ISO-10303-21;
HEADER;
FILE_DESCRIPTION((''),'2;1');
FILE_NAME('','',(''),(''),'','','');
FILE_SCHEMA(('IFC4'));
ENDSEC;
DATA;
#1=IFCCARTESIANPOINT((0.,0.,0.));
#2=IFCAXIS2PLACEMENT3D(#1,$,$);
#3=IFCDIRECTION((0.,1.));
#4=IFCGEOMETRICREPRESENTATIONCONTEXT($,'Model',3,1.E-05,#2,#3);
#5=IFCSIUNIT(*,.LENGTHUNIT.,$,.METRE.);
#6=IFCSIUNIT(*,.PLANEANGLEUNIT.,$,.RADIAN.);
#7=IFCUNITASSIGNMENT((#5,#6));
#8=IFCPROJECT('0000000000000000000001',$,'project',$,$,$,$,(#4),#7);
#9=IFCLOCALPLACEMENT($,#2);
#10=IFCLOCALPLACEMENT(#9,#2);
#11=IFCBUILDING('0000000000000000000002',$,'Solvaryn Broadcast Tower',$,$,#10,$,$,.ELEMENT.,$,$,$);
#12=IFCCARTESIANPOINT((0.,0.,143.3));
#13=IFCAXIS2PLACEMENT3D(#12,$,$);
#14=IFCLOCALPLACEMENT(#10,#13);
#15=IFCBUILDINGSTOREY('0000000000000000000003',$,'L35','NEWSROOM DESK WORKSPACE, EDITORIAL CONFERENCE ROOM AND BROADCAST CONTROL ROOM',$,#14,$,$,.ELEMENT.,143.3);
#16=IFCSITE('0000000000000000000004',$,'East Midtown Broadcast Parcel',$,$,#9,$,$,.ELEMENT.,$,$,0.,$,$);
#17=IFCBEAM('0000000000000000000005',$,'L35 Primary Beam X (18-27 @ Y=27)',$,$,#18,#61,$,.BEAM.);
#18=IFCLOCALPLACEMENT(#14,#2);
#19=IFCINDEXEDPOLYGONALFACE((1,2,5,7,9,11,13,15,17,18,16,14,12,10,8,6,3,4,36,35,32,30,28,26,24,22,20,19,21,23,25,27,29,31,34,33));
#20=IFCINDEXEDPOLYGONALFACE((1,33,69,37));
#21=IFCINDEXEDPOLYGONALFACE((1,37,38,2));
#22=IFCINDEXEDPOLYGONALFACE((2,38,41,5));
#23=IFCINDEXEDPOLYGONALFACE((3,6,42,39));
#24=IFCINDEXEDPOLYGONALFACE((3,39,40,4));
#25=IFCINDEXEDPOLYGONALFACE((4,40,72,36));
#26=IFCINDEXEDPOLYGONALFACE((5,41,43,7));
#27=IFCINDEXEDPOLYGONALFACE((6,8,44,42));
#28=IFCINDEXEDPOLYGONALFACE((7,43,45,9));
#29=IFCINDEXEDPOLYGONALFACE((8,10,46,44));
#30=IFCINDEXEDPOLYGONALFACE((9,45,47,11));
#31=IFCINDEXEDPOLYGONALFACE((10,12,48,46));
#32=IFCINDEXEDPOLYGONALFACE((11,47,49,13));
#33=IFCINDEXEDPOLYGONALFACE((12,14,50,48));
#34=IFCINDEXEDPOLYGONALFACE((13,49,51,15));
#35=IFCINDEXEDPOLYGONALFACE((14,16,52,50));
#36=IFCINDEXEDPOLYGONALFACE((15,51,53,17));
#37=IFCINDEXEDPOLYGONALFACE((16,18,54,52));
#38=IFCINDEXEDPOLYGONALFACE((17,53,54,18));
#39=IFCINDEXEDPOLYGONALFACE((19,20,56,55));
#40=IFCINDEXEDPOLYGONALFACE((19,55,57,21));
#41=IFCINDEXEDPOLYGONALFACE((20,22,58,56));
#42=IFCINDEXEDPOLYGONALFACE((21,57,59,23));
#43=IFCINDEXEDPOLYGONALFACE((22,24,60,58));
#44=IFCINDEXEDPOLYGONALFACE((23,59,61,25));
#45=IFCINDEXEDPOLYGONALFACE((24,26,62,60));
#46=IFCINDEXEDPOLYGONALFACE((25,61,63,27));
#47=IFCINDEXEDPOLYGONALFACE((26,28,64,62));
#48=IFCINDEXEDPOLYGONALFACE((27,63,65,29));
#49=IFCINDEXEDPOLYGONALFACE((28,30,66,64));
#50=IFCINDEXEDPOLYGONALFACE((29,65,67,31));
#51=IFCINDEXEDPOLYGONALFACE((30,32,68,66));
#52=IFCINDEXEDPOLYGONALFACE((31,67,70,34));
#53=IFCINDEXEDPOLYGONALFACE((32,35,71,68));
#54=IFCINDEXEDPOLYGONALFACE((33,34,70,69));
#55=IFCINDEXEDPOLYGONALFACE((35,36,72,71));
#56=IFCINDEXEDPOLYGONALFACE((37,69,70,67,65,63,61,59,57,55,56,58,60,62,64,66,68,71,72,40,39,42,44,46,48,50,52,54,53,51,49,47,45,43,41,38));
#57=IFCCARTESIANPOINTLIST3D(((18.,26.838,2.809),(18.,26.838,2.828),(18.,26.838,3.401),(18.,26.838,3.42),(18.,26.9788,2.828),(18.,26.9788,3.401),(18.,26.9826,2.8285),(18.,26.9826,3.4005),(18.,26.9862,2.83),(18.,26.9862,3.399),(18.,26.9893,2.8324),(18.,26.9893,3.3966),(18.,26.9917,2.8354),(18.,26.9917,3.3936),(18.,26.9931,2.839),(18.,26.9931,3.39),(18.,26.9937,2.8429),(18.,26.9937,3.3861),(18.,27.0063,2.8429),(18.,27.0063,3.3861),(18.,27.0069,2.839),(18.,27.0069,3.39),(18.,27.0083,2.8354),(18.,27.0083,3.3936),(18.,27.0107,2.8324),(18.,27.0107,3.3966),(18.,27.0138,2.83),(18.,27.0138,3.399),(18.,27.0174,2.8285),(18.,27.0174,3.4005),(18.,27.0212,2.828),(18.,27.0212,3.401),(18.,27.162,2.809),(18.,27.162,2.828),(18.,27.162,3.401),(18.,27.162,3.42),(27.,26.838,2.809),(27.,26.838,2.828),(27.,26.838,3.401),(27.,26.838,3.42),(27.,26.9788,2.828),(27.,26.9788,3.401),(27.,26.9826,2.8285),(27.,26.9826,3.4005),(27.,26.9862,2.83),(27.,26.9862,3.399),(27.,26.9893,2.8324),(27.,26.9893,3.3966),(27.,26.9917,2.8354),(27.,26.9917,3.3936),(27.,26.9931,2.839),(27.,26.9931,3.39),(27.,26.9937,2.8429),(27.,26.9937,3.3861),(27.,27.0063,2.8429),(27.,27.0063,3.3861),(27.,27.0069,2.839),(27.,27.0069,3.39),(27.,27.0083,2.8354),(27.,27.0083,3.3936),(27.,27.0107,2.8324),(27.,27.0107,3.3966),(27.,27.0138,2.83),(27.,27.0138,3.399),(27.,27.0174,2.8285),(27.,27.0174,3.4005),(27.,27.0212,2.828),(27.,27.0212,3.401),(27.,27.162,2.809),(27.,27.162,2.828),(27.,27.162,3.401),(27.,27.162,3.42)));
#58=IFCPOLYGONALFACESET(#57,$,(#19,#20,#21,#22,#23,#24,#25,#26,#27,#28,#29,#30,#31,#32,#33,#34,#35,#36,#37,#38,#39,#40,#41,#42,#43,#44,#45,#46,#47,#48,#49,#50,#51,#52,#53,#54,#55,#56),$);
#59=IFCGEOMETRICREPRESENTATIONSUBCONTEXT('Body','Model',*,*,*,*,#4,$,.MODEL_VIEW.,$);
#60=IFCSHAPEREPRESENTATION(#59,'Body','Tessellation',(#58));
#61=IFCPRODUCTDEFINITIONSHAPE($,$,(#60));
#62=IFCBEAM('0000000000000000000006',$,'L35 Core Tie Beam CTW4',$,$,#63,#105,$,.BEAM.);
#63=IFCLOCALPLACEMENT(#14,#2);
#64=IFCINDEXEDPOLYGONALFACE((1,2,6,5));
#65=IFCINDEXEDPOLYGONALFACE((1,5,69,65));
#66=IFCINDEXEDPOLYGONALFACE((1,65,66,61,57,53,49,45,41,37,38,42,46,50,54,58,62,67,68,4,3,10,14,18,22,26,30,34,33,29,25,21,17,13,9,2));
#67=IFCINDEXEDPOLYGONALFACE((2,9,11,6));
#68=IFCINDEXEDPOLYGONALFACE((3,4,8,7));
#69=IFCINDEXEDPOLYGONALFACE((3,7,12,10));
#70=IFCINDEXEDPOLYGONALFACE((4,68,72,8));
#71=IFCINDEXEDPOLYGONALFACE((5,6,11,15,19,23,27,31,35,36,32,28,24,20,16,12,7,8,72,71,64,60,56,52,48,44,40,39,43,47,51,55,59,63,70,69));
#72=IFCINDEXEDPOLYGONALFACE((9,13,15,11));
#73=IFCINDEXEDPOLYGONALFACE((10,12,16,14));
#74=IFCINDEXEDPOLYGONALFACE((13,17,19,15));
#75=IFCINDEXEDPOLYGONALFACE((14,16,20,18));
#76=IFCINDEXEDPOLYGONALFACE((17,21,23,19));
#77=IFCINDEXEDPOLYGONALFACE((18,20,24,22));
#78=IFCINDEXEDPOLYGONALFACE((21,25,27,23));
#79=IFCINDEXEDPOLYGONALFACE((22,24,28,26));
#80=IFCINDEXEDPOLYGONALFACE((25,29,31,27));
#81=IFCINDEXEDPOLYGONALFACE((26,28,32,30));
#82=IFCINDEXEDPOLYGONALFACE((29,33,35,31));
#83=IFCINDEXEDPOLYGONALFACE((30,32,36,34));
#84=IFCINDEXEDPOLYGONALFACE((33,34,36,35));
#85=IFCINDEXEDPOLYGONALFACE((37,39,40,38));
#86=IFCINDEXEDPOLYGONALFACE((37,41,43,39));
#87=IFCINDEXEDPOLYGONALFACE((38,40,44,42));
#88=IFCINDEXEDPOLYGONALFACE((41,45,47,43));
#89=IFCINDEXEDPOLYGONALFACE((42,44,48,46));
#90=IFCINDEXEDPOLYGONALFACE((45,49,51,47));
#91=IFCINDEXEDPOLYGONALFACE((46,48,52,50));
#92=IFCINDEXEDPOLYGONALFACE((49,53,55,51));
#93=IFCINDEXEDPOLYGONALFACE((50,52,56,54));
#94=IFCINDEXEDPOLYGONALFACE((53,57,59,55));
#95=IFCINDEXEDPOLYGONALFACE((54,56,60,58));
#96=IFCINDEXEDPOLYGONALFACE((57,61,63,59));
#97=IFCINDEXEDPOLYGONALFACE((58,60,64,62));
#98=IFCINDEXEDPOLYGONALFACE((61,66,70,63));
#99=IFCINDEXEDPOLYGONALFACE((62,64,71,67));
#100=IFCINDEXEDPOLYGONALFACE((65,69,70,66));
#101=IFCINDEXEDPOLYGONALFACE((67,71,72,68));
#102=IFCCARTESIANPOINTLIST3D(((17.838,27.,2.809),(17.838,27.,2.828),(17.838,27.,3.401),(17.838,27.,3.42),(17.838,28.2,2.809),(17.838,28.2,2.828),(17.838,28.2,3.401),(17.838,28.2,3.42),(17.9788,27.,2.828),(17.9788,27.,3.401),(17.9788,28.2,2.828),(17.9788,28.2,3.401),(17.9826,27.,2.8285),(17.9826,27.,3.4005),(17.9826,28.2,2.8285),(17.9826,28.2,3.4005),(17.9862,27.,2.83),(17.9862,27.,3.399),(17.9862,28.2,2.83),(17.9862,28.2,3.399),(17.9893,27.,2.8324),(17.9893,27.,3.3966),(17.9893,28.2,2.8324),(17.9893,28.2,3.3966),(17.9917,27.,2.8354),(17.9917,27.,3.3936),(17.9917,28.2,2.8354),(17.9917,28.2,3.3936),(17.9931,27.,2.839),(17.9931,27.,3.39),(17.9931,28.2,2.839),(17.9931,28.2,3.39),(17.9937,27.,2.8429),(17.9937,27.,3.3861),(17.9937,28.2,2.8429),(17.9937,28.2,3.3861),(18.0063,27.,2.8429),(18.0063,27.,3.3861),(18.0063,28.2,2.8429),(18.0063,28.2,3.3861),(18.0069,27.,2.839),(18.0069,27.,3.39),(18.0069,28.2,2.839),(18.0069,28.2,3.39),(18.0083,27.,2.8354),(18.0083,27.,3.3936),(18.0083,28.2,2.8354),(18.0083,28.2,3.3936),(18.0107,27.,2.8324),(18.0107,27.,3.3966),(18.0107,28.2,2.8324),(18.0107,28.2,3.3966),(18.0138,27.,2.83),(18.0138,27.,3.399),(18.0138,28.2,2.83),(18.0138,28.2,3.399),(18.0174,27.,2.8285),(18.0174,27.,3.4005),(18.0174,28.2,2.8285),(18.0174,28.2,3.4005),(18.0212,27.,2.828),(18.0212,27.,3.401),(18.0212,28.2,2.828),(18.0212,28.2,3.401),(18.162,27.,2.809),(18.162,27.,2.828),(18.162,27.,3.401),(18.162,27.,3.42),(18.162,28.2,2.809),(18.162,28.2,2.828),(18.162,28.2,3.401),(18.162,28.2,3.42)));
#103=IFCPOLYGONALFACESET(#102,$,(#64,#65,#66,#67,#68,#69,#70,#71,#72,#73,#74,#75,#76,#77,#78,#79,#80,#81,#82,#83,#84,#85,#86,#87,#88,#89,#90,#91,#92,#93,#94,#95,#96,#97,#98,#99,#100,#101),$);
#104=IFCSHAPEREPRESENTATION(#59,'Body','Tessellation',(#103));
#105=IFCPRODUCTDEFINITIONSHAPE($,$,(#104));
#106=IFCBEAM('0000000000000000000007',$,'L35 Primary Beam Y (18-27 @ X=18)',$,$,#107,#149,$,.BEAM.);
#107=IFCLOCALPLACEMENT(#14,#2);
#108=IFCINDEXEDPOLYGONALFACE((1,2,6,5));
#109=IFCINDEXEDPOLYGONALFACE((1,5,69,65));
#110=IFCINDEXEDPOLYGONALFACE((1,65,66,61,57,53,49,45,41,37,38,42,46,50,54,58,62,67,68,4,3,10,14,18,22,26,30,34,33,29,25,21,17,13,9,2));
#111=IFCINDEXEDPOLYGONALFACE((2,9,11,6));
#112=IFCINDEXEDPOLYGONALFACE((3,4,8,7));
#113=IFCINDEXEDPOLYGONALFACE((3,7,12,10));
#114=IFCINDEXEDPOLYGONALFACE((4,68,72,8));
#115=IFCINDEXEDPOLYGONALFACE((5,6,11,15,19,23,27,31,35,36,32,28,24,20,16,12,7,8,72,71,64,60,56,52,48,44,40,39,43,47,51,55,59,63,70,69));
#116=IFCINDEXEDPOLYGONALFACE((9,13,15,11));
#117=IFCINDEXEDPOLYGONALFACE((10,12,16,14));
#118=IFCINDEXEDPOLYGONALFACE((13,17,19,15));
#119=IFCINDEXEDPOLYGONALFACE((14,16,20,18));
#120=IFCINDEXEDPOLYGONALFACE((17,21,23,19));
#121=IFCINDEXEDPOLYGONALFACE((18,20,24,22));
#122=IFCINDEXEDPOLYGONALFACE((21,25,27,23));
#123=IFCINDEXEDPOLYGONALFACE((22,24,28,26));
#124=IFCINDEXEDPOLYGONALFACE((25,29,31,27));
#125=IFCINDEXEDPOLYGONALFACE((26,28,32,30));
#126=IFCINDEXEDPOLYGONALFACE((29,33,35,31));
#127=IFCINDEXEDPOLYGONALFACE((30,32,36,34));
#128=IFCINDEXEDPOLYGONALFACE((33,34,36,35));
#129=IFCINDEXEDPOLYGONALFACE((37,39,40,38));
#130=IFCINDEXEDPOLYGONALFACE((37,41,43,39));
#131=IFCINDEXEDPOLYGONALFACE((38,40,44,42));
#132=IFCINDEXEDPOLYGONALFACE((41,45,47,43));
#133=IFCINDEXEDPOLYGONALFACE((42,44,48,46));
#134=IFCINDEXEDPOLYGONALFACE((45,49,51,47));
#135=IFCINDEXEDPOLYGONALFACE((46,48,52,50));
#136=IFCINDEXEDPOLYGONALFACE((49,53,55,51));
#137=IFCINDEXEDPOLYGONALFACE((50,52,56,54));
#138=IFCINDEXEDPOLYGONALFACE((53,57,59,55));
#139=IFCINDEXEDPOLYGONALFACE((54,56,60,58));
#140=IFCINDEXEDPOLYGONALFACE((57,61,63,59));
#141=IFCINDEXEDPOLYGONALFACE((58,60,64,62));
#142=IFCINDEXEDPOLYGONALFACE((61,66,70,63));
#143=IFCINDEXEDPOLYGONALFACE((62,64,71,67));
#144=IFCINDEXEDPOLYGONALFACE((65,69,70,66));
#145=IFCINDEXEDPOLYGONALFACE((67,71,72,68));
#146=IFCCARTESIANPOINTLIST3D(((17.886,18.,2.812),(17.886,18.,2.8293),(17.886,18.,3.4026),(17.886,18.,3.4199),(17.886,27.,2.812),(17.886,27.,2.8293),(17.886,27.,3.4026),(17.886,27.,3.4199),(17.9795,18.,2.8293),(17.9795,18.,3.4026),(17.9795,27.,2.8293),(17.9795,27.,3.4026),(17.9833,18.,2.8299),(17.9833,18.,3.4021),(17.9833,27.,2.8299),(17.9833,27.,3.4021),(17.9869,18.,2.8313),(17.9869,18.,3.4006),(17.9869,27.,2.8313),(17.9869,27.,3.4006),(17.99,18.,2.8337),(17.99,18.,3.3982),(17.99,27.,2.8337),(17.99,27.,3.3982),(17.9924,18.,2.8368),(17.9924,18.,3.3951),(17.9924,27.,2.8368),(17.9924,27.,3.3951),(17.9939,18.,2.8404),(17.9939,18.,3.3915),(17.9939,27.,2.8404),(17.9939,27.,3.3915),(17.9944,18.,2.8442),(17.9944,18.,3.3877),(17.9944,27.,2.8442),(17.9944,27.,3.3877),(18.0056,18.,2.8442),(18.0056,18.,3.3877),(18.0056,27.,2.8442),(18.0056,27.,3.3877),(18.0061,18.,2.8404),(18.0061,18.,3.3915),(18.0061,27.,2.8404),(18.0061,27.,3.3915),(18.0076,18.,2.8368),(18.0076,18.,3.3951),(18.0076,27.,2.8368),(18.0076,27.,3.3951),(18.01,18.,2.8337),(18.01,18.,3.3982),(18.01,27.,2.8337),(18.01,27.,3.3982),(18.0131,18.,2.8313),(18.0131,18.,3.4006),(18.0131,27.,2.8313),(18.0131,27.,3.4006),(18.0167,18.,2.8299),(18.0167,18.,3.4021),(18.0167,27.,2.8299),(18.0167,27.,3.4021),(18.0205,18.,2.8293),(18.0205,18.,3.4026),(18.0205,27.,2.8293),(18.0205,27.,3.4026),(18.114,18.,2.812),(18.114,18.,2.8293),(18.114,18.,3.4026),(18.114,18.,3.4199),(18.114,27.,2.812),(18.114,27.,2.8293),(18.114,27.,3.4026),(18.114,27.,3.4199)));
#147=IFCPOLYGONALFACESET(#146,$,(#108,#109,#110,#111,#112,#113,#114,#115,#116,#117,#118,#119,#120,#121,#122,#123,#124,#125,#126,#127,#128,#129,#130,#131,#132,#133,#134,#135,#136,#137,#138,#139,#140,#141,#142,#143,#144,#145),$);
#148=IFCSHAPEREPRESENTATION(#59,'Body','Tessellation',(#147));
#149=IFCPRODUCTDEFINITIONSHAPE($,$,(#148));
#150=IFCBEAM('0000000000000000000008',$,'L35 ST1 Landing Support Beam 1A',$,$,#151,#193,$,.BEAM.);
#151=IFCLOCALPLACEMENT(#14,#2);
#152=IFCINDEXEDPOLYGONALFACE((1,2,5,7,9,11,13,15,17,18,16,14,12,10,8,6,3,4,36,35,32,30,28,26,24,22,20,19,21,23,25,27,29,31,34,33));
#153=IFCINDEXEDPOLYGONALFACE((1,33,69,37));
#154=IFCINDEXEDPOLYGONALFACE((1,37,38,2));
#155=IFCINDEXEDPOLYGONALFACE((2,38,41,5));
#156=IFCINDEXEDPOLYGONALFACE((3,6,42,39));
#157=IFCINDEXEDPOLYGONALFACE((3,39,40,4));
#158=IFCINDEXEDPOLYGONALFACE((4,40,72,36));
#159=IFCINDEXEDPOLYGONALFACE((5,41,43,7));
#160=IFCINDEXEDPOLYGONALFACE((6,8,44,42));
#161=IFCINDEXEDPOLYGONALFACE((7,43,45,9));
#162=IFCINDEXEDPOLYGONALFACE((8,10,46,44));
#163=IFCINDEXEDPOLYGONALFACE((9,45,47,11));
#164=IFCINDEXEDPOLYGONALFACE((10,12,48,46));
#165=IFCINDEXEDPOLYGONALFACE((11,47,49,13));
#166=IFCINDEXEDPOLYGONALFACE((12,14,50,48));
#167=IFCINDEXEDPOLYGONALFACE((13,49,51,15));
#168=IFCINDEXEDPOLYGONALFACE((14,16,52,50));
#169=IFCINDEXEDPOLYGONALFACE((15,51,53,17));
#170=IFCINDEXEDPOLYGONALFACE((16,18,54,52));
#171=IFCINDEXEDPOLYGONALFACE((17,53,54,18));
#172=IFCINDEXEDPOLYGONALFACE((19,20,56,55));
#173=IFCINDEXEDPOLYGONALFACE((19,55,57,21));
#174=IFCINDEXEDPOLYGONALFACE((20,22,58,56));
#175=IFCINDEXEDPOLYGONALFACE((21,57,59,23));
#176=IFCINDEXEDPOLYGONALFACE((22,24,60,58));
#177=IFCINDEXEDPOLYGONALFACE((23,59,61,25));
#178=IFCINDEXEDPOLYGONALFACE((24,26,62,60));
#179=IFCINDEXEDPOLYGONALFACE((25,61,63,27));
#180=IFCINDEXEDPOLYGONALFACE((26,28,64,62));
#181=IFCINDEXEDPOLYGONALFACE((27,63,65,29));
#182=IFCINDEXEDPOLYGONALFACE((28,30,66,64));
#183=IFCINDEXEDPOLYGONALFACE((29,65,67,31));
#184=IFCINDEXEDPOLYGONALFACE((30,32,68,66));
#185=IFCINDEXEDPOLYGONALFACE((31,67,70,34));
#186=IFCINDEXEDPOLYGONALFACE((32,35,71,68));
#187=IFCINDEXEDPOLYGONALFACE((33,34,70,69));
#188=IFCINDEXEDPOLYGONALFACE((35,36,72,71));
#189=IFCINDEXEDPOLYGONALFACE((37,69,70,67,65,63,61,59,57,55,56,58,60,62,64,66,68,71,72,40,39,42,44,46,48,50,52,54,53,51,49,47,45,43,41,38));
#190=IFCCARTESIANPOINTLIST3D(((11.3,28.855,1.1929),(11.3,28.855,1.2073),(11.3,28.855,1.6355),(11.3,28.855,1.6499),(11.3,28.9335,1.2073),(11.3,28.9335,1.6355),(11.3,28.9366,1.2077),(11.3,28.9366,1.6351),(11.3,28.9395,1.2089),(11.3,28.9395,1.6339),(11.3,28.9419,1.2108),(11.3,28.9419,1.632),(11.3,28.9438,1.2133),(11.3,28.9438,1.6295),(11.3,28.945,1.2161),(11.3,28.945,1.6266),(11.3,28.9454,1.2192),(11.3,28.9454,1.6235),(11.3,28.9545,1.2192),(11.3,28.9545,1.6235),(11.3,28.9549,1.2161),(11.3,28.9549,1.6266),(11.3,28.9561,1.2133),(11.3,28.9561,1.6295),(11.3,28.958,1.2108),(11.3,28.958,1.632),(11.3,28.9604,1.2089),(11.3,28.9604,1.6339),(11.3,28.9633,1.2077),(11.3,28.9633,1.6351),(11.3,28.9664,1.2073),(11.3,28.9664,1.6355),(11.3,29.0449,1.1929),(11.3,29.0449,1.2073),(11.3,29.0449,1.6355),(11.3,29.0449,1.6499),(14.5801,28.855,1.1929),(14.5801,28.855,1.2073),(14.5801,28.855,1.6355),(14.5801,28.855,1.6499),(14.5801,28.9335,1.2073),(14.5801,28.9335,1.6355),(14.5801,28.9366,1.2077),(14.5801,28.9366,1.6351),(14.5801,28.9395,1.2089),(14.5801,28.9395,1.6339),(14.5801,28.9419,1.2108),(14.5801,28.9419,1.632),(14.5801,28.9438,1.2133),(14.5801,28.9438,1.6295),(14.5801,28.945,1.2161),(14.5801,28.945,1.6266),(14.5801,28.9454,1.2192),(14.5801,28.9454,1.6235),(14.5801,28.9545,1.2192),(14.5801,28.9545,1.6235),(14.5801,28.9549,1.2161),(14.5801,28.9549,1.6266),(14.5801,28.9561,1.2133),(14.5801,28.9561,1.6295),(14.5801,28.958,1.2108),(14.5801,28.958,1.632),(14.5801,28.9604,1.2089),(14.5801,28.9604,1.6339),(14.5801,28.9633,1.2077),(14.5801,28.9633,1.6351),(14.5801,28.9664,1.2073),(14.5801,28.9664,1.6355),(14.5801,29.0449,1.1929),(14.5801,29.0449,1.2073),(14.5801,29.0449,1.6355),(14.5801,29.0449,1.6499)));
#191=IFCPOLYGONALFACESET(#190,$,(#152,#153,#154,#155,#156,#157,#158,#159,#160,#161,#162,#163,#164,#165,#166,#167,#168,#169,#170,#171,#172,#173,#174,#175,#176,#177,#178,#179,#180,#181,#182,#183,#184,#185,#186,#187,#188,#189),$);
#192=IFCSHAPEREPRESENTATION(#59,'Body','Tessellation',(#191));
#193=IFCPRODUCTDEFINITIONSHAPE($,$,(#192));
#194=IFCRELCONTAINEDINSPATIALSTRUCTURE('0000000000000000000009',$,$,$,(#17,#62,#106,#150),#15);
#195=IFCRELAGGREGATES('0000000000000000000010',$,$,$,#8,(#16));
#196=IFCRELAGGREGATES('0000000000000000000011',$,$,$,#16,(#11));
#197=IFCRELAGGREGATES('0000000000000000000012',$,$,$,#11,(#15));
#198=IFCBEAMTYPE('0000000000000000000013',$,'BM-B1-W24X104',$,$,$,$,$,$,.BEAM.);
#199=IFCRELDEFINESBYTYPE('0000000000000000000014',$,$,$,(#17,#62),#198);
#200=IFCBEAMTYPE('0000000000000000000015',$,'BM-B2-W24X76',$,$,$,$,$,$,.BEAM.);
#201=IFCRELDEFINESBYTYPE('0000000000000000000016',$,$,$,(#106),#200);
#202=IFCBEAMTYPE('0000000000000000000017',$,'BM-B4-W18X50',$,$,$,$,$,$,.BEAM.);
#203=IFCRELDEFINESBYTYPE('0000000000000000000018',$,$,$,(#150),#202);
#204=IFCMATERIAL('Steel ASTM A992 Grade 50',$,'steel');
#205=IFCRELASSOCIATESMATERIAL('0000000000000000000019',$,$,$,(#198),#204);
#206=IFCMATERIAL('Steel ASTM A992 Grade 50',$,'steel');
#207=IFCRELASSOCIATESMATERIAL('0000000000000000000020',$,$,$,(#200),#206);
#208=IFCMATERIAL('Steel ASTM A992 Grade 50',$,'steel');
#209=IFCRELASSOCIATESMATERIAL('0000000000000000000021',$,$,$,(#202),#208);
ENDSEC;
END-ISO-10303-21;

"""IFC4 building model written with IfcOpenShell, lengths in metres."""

from ifc_helpers import new_model, si_unit, direction, frame, origin, origin_2d, place, context, subcontext, project, spatial, i_section, extrude, material, material_profile, profile_set, type_object, element, save


model = new_model("IFC4")

# Units and contexts
model_context = context("Model", 3, precision=1e-05, world=origin(), true_north=direction((0.0, 1.0)))
body_context = subcontext(model_context, "Body", "Model", "MODEL_VIEW")
ifc_project = project(units=[si_unit("LENGTHUNIT", "METRE"), si_unit("PLANEANGLEUNIT", "RADIAN")], contexts=[model_context])

# Site, building, storey
site_placement = place(None, origin())
site = spatial("IfcSite", under=ifc_project, at=site_placement, Name="East Midtown Broadcast Parcel", CompositionType="ELEMENT", RefElevation=0.0)
building_placement = place(site_placement, origin())
building = spatial("IfcBuilding", under=site, at=building_placement, Name="Solvaryn Broadcast Tower", CompositionType="ELEMENT")
storey_placement = place(building_placement, frame((0.0, 0.0, 143.3)))
storey = spatial("IfcBuildingStorey", under=building, at=storey_placement, Name="L35", Description="NEWSROOM DESK WORKSPACE, EDITORIAL CONFERENCE ROOM AND BROADCAST CONTROL ROOM", CompositionType="ELEMENT", Elevation=143.3)

# Beams
ifc_material_1 = material(Name="Steel ASTM A992 Grade 50", Category="steel")
ifc_material_profile_1 = material_profile(ifc_material_1, i_section(OverallWidth=0.324, OverallDepth=0.6111, WebThickness=0.0127, FlangeThickness=0.019, FilletRadius=0.0149, at=origin_2d()))
ifc_profile_set_1 = profile_set([ifc_material_profile_1], Name="Steel ASTM A992 Grade 50")
beam_type_1 = type_object("IfcBeamType", Name="BM-B1-W24X104", PredefinedType="BEAM", material=ifc_profile_set_1)
for number, where, z_axis, x_axis, name in (
    (1, (18.0, 27.0, 3.1145), (1.0, 0.0, 0.0), (0.0, 1.0, 0.0), "L35 Primary Beam X (18-27 @ Y=27)"),
):
    element("IfcBeam", number, at=place(storey_placement, frame(where, z_axis=z_axis, x_axis=x_axis)), inside=storey, type_object=beam_type_1, Name=name, PredefinedType="BEAM", context=body_context, shape_type="SweptSolid", body=[
        extrude(i_section(OverallWidth=0.324, OverallDepth=0.6111, WebThickness=0.0127, FlangeThickness=0.019, FilletRadius=0.0149, at=origin_2d()), origin(), (0.0, 0.0, 1.0), 9.0),
    ])
beam_1_placement = place(storey_placement, frame((18.0, 27.0, 3.1145), z_axis=(0.0, 1.0, 0.0), x_axis=(-1.0, 0.0, 0.0)))
element("IfcBeam", 2, at=beam_1_placement, inside=storey, type_object=beam_type_1, Name="L35 Core Tie Beam CTW4", PredefinedType="BEAM", context=body_context, shape_type="SweptSolid", body=[
    extrude(i_section(OverallWidth=0.324, OverallDepth=0.6111, WebThickness=0.0127, FlangeThickness=0.019, FilletRadius=0.0149, at=origin_2d()), origin(), (0.0, 0.0, 1.0), 1.2),
])
ifc_material_2 = material(Name="Steel ASTM A992 Grade 50", Category="steel")
ifc_material_profile_2 = material_profile(ifc_material_2, i_section(OverallWidth=0.228, OverallDepth=0.6079, WebThickness=0.0112, FlangeThickness=0.0173, FilletRadius=0.0149, at=origin_2d()))
ifc_profile_set_2 = profile_set([ifc_material_profile_2], Name="Steel ASTM A992 Grade 50")
beam_type_2 = type_object("IfcBeamType", Name="BM-B2-W24X76", PredefinedType="BEAM", material=ifc_profile_set_2)
beam_2_placement = place(storey_placement, frame((18.0, 18.0, 3.116), z_axis=(0.0, 1.0, 0.0), x_axis=(-1.0, 0.0, 0.0)))
element("IfcBeam", 3, at=beam_2_placement, inside=storey, type_object=beam_type_2, Name="L35 Primary Beam Y (18-27 @ X=18)", PredefinedType="BEAM", context=body_context, shape_type="SweptSolid", body=[
    extrude(i_section(OverallWidth=0.228, OverallDepth=0.6079, WebThickness=0.0112, FlangeThickness=0.0173, FilletRadius=0.0149, at=origin_2d()), origin(), (0.0, 0.0, 1.0), 9.0),
])
ifc_material_3 = material(Name="Steel ASTM A992 Grade 50", Category="steel")
ifc_material_profile_3 = material_profile(ifc_material_3, i_section(OverallWidth=0.1899, OverallDepth=0.457, WebThickness=0.009, FlangeThickness=0.0144, FilletRadius=0.012, at=origin_2d()))
ifc_profile_set_3 = profile_set([ifc_material_profile_3], Name="Steel ASTM A992 Grade 50")
beam_type_3 = type_object("IfcBeamType", Name="BM-B4-W18X50", PredefinedType="BEAM", material=ifc_profile_set_3)
beam_3_placement = place(storey_placement, frame((11.3, 28.95, 1.4214), z_axis=(1.0, 0.0, 0.0), x_axis=(0.0, 1.0, 0.0)))
element("IfcBeam", 4, at=beam_3_placement, inside=storey, type_object=beam_type_3, Name="L35 ST1 Landing Support Beam 1A", PredefinedType="BEAM", context=body_context, shape_type="SweptSolid", body=[
    extrude(i_section(OverallWidth=0.1899, OverallDepth=0.457, WebThickness=0.009, FlangeThickness=0.0144, FilletRadius=0.012, at=origin_2d()), origin(), (0.0, 0.0, 1.0), 3.28),
])

save(model, "model.ifc")
